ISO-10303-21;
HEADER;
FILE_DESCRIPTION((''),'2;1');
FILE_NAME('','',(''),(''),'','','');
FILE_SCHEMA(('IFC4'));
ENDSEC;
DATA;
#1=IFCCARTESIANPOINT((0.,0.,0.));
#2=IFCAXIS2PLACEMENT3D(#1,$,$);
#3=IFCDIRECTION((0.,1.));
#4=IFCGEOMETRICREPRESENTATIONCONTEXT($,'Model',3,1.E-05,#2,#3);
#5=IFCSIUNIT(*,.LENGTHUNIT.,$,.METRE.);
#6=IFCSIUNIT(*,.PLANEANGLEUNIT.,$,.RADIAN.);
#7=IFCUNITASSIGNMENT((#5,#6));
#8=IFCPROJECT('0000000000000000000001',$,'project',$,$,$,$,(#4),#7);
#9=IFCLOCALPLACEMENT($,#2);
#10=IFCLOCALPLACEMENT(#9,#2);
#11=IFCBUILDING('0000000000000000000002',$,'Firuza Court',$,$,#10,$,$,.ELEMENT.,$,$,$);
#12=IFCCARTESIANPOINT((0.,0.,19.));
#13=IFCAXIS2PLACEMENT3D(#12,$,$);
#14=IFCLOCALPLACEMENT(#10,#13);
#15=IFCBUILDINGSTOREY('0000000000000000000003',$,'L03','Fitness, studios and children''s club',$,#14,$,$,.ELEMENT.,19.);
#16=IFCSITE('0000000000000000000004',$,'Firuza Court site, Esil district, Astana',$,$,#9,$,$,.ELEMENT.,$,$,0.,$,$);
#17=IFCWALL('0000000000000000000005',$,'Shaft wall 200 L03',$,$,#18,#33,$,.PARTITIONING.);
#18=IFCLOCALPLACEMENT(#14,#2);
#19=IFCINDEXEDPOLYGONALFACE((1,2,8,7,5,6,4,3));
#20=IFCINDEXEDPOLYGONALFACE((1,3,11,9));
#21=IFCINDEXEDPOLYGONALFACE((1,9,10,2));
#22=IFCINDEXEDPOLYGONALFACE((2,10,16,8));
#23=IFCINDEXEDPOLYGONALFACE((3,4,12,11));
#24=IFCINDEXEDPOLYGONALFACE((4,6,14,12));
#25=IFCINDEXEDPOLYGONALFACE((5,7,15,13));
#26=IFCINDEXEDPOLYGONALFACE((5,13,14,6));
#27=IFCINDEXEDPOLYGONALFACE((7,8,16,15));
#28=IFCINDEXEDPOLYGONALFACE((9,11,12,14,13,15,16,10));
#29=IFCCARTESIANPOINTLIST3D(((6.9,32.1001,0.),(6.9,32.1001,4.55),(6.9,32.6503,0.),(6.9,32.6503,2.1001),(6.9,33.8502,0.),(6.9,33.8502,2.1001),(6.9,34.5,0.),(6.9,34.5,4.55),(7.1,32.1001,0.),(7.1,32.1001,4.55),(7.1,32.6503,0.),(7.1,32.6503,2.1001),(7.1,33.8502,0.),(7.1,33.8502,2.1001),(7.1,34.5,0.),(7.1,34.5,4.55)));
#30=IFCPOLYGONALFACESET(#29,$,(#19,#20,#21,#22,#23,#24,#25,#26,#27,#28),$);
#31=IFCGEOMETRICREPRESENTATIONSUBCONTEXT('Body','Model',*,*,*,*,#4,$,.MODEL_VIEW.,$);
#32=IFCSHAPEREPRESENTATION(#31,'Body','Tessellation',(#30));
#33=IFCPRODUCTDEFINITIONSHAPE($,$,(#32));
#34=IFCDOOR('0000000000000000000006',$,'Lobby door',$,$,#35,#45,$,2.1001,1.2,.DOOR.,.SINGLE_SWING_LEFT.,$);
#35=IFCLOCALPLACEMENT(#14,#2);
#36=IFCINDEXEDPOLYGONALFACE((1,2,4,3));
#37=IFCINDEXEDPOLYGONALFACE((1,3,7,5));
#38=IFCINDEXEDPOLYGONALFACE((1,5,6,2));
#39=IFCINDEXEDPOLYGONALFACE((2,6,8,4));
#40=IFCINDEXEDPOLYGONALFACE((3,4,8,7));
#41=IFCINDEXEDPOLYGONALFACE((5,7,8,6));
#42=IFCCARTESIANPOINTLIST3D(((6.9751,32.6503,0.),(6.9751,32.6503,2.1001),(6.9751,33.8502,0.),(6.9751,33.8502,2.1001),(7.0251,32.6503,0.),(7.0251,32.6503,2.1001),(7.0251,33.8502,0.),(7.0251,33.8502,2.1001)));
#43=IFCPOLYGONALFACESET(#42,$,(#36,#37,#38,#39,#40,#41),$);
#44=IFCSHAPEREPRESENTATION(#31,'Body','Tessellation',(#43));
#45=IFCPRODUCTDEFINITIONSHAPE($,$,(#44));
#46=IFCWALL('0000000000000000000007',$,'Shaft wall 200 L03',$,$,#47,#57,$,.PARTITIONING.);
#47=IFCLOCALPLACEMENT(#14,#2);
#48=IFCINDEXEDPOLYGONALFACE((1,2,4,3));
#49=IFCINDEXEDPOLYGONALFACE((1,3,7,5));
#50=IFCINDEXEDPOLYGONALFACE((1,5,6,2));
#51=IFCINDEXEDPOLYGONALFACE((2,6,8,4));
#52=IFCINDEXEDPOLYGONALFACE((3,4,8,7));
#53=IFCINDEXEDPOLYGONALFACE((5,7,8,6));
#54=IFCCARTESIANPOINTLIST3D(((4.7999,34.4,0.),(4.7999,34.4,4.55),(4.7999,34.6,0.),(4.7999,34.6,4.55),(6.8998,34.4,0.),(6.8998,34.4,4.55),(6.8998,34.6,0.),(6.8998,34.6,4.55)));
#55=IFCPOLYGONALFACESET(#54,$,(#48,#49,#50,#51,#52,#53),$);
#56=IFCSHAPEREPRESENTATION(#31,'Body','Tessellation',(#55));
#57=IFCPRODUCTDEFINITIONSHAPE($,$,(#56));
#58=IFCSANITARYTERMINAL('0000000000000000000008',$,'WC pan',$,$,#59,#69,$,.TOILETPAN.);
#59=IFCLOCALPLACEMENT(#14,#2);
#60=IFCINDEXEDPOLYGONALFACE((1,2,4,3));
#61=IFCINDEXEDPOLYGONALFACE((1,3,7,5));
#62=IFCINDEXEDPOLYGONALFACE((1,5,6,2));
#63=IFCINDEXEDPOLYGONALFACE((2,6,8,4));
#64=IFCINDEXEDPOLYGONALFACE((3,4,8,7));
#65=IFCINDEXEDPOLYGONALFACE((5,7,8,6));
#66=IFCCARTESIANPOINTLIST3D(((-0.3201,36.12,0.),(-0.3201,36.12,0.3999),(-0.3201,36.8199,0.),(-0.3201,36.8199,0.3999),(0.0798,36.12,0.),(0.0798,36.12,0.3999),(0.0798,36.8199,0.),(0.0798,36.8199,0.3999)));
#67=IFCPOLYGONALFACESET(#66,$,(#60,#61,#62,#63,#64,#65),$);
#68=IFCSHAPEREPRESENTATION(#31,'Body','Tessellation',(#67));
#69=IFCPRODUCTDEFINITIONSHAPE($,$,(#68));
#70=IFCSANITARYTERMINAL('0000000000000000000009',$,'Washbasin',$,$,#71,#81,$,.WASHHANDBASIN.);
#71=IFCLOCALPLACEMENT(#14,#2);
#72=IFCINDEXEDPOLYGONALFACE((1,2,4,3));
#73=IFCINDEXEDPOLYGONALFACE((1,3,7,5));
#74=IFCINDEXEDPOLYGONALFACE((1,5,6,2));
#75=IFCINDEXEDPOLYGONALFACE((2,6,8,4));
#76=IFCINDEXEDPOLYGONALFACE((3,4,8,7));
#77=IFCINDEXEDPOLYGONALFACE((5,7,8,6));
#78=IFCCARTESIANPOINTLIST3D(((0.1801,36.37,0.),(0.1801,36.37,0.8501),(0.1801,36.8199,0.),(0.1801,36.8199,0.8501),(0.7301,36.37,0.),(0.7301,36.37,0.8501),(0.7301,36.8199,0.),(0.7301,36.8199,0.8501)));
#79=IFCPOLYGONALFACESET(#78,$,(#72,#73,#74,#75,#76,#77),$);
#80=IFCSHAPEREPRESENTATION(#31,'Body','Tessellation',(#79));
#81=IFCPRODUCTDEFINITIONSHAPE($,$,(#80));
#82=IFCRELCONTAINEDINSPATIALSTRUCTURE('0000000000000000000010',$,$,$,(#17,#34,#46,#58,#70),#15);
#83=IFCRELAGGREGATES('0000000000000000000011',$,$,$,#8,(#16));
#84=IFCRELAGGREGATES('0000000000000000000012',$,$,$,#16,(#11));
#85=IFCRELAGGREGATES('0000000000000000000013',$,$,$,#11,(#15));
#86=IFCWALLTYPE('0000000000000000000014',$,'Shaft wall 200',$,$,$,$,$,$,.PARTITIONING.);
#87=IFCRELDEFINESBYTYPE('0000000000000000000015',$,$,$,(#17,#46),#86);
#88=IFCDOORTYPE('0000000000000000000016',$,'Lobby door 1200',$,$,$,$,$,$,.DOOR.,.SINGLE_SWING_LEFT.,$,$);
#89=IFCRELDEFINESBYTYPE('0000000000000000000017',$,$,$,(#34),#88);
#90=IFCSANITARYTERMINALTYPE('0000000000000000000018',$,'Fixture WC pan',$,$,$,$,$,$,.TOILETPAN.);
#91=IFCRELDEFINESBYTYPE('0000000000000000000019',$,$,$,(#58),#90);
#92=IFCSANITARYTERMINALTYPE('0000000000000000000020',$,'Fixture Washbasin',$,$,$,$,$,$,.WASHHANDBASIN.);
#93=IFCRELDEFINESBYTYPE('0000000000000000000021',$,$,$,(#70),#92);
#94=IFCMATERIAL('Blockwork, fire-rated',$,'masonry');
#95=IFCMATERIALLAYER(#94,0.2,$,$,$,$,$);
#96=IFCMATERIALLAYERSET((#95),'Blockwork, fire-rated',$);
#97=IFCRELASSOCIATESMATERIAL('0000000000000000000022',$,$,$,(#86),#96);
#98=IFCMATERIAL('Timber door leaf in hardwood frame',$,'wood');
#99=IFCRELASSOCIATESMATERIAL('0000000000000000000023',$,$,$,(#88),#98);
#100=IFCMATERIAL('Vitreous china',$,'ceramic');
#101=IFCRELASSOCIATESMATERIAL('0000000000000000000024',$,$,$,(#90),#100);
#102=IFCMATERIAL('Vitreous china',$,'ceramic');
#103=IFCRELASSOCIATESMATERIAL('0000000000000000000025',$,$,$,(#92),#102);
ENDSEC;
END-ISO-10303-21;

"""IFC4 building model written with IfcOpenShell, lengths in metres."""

from ifc_helpers import new_model, si_unit, direction, frame, frame_2d, origin, origin_2d, place, context, subcontext, project, spatial, rectangle, extrude, material, layer, layer_set, type_object, element, fill, save


model = new_model("IFC4")

# Units and contexts
model_context = context("Model", 3, precision=1e-05, world=origin(), true_north=direction((0.0, 1.0)))
body_context = subcontext(model_context, "Body", "Model", "MODEL_VIEW")
ifc_project = project(units=[si_unit("LENGTHUNIT", "METRE"), si_unit("PLANEANGLEUNIT", "RADIAN")], contexts=[model_context])

# Site, building, storey
site_placement = place(None, origin())
site = spatial("IfcSite", under=ifc_project, at=site_placement, Name="Firuza Court site, Esil district, Astana", CompositionType="ELEMENT", RefElevation=0.0)
building_placement = place(site_placement, origin())
building = spatial("IfcBuilding", under=site, at=building_placement, Name="Firuza Court", CompositionType="ELEMENT")
storey_placement = place(building_placement, frame((0.0, 0.0, 19.0)))
storey = spatial("IfcBuildingStorey", under=building, at=storey_placement, Name="L03", Description="Fitness, studios and children's club", CompositionType="ELEMENT", Elevation=19.0)

# Shared definitions
ifc_material_1 = material(Name="Blockwork, fire-rated", Category="masonry")
ifc_layer_1 = layer(ifc_material_1, 0.2)
ifc_layer_set_1 = layer_set([ifc_layer_1], Name="Blockwork, fire-rated")
wall_type_1 = type_object("IfcWallType", Name="Shaft wall 200", PredefinedType="PARTITIONING", material=ifc_layer_set_1)

# Wall, opening, door
wall_1_placement = place(storey_placement, frame((7.0, 32.1001, 0.0), z_axis=(0.0, 0.0, 1.0), x_axis=(0.0, 1.0, 0.0)))
wall_1 = element("IfcWall", 1, at=wall_1_placement, inside=storey, type_object=wall_type_1, Name="Shaft wall 200 L03", PredefinedType="PARTITIONING", context=body_context, shape_type="SweptSolid", body=[
    extrude(rectangle(XDim=2.3999, YDim=0.2, at=frame_2d((1.2, 0.0))), origin(), (0.0, 0.0, 1.0), 4.55),
])
opening_1_placement = place(wall_1_placement, frame((0.55, 0.0, 0.0)))
opening_1 = element("IfcOpeningElement", 2, at=opening_1_placement, cuts=wall_1, PredefinedType="OPENING", context=body_context, shape_type="SweptSolid", body=[
    extrude(rectangle(XDim=1.2, YDim=2.1001, at=frame_2d((0.6001, 1.05))), frame((0.0, 0.1118, 0.0), z_axis=(0.0, -1.0, 0.0), x_axis=(1.0, 0.0, 0.0)), (0.0, 0.0, 1.0), 0.2239),
])
ifc_material_2 = material(Name="Timber door leaf in hardwood frame", Category="wood")
door_type_1 = type_object("IfcDoorType", Name="Lobby door 1200", OperationType="SINGLE_SWING_LEFT", PredefinedType="DOOR", material=ifc_material_2)
door_1_placement = place(opening_1_placement, origin())
door_1 = element("IfcDoor", 3, at=door_1_placement, inside=storey, type_object=door_type_1, Name="Lobby door", OperationType="SINGLE_SWING_LEFT", OverallHeight=2.1001, OverallWidth=1.2, PredefinedType="DOOR", context=body_context, shape_type="SweptSolid", body=[
    extrude(rectangle(XDim=1.2, YDim=2.1001, at=frame_2d((0.6001, 1.05))), frame((0.0, 0.0249, 0.0), z_axis=(0.0, -1.0, 0.0), x_axis=(1.0, 0.0, 0.0)), (0.0, 0.0, 1.0), 0.05),
])
fill(opening_1, door_1)

# Wall
wall_2_placement = place(storey_placement, frame((4.8, 34.5, 0.0), z_axis=(0.0, 0.0, 1.0), x_axis=(1.0, 0.0, 0.0)))
element("IfcWall", 4, at=wall_2_placement, inside=storey, type_object=wall_type_1, Name="Shaft wall 200 L03", PredefinedType="PARTITIONING", context=body_context, shape_type="SweptSolid", body=[
    extrude(rectangle(XDim=2.0999, YDim=0.2, at=frame_2d((1.0498, 0.0))), origin(), (0.0, 0.0, 1.0), 4.55),
])

# Sanitary terminals
ifc_material_3 = material(Name="Vitreous china", Category="ceramic")
sanitary_terminal_type_1 = type_object("IfcSanitaryTerminalType", Name="Fixture WC pan", PredefinedType="TOILETPAN", material=ifc_material_3)
sanitary_terminal_1_placement = place(storey_placement, frame((-0.1201, 36.47, 0.0), z_axis=(0.0, 0.0, 1.0), x_axis=(1.0, 0.0, 0.0)))
element("IfcSanitaryTerminal", 5, at=sanitary_terminal_1_placement, inside=storey, type_object=sanitary_terminal_type_1, Name="WC pan", PredefinedType="TOILETPAN", context=body_context, shape_type="SweptSolid", body=[
    extrude(rectangle(XDim=0.3999, YDim=0.7, at=origin_2d()), origin(), (0.0, 0.0, 1.0), 0.3999),
])
ifc_material_4 = material(Name="Vitreous china", Category="ceramic")
sanitary_terminal_type_2 = type_object("IfcSanitaryTerminalType", Name="Fixture Washbasin", PredefinedType="WASHHANDBASIN", material=ifc_material_4)
sanitary_terminal_2_placement = place(storey_placement, frame((0.4551, 36.595, 0.0), z_axis=(0.0, 0.0, 1.0), x_axis=(1.0, 0.0, 0.0)))
element("IfcSanitaryTerminal", 6, at=sanitary_terminal_2_placement, inside=storey, type_object=sanitary_terminal_type_2, Name="Washbasin", PredefinedType="WASHHANDBASIN", context=body_context, shape_type="SweptSolid", body=[
    extrude(rectangle(XDim=0.55, YDim=0.45, at=origin_2d()), origin(), (0.0, 0.0, 1.0), 0.8501),
])

save(model, "model.ifc")
